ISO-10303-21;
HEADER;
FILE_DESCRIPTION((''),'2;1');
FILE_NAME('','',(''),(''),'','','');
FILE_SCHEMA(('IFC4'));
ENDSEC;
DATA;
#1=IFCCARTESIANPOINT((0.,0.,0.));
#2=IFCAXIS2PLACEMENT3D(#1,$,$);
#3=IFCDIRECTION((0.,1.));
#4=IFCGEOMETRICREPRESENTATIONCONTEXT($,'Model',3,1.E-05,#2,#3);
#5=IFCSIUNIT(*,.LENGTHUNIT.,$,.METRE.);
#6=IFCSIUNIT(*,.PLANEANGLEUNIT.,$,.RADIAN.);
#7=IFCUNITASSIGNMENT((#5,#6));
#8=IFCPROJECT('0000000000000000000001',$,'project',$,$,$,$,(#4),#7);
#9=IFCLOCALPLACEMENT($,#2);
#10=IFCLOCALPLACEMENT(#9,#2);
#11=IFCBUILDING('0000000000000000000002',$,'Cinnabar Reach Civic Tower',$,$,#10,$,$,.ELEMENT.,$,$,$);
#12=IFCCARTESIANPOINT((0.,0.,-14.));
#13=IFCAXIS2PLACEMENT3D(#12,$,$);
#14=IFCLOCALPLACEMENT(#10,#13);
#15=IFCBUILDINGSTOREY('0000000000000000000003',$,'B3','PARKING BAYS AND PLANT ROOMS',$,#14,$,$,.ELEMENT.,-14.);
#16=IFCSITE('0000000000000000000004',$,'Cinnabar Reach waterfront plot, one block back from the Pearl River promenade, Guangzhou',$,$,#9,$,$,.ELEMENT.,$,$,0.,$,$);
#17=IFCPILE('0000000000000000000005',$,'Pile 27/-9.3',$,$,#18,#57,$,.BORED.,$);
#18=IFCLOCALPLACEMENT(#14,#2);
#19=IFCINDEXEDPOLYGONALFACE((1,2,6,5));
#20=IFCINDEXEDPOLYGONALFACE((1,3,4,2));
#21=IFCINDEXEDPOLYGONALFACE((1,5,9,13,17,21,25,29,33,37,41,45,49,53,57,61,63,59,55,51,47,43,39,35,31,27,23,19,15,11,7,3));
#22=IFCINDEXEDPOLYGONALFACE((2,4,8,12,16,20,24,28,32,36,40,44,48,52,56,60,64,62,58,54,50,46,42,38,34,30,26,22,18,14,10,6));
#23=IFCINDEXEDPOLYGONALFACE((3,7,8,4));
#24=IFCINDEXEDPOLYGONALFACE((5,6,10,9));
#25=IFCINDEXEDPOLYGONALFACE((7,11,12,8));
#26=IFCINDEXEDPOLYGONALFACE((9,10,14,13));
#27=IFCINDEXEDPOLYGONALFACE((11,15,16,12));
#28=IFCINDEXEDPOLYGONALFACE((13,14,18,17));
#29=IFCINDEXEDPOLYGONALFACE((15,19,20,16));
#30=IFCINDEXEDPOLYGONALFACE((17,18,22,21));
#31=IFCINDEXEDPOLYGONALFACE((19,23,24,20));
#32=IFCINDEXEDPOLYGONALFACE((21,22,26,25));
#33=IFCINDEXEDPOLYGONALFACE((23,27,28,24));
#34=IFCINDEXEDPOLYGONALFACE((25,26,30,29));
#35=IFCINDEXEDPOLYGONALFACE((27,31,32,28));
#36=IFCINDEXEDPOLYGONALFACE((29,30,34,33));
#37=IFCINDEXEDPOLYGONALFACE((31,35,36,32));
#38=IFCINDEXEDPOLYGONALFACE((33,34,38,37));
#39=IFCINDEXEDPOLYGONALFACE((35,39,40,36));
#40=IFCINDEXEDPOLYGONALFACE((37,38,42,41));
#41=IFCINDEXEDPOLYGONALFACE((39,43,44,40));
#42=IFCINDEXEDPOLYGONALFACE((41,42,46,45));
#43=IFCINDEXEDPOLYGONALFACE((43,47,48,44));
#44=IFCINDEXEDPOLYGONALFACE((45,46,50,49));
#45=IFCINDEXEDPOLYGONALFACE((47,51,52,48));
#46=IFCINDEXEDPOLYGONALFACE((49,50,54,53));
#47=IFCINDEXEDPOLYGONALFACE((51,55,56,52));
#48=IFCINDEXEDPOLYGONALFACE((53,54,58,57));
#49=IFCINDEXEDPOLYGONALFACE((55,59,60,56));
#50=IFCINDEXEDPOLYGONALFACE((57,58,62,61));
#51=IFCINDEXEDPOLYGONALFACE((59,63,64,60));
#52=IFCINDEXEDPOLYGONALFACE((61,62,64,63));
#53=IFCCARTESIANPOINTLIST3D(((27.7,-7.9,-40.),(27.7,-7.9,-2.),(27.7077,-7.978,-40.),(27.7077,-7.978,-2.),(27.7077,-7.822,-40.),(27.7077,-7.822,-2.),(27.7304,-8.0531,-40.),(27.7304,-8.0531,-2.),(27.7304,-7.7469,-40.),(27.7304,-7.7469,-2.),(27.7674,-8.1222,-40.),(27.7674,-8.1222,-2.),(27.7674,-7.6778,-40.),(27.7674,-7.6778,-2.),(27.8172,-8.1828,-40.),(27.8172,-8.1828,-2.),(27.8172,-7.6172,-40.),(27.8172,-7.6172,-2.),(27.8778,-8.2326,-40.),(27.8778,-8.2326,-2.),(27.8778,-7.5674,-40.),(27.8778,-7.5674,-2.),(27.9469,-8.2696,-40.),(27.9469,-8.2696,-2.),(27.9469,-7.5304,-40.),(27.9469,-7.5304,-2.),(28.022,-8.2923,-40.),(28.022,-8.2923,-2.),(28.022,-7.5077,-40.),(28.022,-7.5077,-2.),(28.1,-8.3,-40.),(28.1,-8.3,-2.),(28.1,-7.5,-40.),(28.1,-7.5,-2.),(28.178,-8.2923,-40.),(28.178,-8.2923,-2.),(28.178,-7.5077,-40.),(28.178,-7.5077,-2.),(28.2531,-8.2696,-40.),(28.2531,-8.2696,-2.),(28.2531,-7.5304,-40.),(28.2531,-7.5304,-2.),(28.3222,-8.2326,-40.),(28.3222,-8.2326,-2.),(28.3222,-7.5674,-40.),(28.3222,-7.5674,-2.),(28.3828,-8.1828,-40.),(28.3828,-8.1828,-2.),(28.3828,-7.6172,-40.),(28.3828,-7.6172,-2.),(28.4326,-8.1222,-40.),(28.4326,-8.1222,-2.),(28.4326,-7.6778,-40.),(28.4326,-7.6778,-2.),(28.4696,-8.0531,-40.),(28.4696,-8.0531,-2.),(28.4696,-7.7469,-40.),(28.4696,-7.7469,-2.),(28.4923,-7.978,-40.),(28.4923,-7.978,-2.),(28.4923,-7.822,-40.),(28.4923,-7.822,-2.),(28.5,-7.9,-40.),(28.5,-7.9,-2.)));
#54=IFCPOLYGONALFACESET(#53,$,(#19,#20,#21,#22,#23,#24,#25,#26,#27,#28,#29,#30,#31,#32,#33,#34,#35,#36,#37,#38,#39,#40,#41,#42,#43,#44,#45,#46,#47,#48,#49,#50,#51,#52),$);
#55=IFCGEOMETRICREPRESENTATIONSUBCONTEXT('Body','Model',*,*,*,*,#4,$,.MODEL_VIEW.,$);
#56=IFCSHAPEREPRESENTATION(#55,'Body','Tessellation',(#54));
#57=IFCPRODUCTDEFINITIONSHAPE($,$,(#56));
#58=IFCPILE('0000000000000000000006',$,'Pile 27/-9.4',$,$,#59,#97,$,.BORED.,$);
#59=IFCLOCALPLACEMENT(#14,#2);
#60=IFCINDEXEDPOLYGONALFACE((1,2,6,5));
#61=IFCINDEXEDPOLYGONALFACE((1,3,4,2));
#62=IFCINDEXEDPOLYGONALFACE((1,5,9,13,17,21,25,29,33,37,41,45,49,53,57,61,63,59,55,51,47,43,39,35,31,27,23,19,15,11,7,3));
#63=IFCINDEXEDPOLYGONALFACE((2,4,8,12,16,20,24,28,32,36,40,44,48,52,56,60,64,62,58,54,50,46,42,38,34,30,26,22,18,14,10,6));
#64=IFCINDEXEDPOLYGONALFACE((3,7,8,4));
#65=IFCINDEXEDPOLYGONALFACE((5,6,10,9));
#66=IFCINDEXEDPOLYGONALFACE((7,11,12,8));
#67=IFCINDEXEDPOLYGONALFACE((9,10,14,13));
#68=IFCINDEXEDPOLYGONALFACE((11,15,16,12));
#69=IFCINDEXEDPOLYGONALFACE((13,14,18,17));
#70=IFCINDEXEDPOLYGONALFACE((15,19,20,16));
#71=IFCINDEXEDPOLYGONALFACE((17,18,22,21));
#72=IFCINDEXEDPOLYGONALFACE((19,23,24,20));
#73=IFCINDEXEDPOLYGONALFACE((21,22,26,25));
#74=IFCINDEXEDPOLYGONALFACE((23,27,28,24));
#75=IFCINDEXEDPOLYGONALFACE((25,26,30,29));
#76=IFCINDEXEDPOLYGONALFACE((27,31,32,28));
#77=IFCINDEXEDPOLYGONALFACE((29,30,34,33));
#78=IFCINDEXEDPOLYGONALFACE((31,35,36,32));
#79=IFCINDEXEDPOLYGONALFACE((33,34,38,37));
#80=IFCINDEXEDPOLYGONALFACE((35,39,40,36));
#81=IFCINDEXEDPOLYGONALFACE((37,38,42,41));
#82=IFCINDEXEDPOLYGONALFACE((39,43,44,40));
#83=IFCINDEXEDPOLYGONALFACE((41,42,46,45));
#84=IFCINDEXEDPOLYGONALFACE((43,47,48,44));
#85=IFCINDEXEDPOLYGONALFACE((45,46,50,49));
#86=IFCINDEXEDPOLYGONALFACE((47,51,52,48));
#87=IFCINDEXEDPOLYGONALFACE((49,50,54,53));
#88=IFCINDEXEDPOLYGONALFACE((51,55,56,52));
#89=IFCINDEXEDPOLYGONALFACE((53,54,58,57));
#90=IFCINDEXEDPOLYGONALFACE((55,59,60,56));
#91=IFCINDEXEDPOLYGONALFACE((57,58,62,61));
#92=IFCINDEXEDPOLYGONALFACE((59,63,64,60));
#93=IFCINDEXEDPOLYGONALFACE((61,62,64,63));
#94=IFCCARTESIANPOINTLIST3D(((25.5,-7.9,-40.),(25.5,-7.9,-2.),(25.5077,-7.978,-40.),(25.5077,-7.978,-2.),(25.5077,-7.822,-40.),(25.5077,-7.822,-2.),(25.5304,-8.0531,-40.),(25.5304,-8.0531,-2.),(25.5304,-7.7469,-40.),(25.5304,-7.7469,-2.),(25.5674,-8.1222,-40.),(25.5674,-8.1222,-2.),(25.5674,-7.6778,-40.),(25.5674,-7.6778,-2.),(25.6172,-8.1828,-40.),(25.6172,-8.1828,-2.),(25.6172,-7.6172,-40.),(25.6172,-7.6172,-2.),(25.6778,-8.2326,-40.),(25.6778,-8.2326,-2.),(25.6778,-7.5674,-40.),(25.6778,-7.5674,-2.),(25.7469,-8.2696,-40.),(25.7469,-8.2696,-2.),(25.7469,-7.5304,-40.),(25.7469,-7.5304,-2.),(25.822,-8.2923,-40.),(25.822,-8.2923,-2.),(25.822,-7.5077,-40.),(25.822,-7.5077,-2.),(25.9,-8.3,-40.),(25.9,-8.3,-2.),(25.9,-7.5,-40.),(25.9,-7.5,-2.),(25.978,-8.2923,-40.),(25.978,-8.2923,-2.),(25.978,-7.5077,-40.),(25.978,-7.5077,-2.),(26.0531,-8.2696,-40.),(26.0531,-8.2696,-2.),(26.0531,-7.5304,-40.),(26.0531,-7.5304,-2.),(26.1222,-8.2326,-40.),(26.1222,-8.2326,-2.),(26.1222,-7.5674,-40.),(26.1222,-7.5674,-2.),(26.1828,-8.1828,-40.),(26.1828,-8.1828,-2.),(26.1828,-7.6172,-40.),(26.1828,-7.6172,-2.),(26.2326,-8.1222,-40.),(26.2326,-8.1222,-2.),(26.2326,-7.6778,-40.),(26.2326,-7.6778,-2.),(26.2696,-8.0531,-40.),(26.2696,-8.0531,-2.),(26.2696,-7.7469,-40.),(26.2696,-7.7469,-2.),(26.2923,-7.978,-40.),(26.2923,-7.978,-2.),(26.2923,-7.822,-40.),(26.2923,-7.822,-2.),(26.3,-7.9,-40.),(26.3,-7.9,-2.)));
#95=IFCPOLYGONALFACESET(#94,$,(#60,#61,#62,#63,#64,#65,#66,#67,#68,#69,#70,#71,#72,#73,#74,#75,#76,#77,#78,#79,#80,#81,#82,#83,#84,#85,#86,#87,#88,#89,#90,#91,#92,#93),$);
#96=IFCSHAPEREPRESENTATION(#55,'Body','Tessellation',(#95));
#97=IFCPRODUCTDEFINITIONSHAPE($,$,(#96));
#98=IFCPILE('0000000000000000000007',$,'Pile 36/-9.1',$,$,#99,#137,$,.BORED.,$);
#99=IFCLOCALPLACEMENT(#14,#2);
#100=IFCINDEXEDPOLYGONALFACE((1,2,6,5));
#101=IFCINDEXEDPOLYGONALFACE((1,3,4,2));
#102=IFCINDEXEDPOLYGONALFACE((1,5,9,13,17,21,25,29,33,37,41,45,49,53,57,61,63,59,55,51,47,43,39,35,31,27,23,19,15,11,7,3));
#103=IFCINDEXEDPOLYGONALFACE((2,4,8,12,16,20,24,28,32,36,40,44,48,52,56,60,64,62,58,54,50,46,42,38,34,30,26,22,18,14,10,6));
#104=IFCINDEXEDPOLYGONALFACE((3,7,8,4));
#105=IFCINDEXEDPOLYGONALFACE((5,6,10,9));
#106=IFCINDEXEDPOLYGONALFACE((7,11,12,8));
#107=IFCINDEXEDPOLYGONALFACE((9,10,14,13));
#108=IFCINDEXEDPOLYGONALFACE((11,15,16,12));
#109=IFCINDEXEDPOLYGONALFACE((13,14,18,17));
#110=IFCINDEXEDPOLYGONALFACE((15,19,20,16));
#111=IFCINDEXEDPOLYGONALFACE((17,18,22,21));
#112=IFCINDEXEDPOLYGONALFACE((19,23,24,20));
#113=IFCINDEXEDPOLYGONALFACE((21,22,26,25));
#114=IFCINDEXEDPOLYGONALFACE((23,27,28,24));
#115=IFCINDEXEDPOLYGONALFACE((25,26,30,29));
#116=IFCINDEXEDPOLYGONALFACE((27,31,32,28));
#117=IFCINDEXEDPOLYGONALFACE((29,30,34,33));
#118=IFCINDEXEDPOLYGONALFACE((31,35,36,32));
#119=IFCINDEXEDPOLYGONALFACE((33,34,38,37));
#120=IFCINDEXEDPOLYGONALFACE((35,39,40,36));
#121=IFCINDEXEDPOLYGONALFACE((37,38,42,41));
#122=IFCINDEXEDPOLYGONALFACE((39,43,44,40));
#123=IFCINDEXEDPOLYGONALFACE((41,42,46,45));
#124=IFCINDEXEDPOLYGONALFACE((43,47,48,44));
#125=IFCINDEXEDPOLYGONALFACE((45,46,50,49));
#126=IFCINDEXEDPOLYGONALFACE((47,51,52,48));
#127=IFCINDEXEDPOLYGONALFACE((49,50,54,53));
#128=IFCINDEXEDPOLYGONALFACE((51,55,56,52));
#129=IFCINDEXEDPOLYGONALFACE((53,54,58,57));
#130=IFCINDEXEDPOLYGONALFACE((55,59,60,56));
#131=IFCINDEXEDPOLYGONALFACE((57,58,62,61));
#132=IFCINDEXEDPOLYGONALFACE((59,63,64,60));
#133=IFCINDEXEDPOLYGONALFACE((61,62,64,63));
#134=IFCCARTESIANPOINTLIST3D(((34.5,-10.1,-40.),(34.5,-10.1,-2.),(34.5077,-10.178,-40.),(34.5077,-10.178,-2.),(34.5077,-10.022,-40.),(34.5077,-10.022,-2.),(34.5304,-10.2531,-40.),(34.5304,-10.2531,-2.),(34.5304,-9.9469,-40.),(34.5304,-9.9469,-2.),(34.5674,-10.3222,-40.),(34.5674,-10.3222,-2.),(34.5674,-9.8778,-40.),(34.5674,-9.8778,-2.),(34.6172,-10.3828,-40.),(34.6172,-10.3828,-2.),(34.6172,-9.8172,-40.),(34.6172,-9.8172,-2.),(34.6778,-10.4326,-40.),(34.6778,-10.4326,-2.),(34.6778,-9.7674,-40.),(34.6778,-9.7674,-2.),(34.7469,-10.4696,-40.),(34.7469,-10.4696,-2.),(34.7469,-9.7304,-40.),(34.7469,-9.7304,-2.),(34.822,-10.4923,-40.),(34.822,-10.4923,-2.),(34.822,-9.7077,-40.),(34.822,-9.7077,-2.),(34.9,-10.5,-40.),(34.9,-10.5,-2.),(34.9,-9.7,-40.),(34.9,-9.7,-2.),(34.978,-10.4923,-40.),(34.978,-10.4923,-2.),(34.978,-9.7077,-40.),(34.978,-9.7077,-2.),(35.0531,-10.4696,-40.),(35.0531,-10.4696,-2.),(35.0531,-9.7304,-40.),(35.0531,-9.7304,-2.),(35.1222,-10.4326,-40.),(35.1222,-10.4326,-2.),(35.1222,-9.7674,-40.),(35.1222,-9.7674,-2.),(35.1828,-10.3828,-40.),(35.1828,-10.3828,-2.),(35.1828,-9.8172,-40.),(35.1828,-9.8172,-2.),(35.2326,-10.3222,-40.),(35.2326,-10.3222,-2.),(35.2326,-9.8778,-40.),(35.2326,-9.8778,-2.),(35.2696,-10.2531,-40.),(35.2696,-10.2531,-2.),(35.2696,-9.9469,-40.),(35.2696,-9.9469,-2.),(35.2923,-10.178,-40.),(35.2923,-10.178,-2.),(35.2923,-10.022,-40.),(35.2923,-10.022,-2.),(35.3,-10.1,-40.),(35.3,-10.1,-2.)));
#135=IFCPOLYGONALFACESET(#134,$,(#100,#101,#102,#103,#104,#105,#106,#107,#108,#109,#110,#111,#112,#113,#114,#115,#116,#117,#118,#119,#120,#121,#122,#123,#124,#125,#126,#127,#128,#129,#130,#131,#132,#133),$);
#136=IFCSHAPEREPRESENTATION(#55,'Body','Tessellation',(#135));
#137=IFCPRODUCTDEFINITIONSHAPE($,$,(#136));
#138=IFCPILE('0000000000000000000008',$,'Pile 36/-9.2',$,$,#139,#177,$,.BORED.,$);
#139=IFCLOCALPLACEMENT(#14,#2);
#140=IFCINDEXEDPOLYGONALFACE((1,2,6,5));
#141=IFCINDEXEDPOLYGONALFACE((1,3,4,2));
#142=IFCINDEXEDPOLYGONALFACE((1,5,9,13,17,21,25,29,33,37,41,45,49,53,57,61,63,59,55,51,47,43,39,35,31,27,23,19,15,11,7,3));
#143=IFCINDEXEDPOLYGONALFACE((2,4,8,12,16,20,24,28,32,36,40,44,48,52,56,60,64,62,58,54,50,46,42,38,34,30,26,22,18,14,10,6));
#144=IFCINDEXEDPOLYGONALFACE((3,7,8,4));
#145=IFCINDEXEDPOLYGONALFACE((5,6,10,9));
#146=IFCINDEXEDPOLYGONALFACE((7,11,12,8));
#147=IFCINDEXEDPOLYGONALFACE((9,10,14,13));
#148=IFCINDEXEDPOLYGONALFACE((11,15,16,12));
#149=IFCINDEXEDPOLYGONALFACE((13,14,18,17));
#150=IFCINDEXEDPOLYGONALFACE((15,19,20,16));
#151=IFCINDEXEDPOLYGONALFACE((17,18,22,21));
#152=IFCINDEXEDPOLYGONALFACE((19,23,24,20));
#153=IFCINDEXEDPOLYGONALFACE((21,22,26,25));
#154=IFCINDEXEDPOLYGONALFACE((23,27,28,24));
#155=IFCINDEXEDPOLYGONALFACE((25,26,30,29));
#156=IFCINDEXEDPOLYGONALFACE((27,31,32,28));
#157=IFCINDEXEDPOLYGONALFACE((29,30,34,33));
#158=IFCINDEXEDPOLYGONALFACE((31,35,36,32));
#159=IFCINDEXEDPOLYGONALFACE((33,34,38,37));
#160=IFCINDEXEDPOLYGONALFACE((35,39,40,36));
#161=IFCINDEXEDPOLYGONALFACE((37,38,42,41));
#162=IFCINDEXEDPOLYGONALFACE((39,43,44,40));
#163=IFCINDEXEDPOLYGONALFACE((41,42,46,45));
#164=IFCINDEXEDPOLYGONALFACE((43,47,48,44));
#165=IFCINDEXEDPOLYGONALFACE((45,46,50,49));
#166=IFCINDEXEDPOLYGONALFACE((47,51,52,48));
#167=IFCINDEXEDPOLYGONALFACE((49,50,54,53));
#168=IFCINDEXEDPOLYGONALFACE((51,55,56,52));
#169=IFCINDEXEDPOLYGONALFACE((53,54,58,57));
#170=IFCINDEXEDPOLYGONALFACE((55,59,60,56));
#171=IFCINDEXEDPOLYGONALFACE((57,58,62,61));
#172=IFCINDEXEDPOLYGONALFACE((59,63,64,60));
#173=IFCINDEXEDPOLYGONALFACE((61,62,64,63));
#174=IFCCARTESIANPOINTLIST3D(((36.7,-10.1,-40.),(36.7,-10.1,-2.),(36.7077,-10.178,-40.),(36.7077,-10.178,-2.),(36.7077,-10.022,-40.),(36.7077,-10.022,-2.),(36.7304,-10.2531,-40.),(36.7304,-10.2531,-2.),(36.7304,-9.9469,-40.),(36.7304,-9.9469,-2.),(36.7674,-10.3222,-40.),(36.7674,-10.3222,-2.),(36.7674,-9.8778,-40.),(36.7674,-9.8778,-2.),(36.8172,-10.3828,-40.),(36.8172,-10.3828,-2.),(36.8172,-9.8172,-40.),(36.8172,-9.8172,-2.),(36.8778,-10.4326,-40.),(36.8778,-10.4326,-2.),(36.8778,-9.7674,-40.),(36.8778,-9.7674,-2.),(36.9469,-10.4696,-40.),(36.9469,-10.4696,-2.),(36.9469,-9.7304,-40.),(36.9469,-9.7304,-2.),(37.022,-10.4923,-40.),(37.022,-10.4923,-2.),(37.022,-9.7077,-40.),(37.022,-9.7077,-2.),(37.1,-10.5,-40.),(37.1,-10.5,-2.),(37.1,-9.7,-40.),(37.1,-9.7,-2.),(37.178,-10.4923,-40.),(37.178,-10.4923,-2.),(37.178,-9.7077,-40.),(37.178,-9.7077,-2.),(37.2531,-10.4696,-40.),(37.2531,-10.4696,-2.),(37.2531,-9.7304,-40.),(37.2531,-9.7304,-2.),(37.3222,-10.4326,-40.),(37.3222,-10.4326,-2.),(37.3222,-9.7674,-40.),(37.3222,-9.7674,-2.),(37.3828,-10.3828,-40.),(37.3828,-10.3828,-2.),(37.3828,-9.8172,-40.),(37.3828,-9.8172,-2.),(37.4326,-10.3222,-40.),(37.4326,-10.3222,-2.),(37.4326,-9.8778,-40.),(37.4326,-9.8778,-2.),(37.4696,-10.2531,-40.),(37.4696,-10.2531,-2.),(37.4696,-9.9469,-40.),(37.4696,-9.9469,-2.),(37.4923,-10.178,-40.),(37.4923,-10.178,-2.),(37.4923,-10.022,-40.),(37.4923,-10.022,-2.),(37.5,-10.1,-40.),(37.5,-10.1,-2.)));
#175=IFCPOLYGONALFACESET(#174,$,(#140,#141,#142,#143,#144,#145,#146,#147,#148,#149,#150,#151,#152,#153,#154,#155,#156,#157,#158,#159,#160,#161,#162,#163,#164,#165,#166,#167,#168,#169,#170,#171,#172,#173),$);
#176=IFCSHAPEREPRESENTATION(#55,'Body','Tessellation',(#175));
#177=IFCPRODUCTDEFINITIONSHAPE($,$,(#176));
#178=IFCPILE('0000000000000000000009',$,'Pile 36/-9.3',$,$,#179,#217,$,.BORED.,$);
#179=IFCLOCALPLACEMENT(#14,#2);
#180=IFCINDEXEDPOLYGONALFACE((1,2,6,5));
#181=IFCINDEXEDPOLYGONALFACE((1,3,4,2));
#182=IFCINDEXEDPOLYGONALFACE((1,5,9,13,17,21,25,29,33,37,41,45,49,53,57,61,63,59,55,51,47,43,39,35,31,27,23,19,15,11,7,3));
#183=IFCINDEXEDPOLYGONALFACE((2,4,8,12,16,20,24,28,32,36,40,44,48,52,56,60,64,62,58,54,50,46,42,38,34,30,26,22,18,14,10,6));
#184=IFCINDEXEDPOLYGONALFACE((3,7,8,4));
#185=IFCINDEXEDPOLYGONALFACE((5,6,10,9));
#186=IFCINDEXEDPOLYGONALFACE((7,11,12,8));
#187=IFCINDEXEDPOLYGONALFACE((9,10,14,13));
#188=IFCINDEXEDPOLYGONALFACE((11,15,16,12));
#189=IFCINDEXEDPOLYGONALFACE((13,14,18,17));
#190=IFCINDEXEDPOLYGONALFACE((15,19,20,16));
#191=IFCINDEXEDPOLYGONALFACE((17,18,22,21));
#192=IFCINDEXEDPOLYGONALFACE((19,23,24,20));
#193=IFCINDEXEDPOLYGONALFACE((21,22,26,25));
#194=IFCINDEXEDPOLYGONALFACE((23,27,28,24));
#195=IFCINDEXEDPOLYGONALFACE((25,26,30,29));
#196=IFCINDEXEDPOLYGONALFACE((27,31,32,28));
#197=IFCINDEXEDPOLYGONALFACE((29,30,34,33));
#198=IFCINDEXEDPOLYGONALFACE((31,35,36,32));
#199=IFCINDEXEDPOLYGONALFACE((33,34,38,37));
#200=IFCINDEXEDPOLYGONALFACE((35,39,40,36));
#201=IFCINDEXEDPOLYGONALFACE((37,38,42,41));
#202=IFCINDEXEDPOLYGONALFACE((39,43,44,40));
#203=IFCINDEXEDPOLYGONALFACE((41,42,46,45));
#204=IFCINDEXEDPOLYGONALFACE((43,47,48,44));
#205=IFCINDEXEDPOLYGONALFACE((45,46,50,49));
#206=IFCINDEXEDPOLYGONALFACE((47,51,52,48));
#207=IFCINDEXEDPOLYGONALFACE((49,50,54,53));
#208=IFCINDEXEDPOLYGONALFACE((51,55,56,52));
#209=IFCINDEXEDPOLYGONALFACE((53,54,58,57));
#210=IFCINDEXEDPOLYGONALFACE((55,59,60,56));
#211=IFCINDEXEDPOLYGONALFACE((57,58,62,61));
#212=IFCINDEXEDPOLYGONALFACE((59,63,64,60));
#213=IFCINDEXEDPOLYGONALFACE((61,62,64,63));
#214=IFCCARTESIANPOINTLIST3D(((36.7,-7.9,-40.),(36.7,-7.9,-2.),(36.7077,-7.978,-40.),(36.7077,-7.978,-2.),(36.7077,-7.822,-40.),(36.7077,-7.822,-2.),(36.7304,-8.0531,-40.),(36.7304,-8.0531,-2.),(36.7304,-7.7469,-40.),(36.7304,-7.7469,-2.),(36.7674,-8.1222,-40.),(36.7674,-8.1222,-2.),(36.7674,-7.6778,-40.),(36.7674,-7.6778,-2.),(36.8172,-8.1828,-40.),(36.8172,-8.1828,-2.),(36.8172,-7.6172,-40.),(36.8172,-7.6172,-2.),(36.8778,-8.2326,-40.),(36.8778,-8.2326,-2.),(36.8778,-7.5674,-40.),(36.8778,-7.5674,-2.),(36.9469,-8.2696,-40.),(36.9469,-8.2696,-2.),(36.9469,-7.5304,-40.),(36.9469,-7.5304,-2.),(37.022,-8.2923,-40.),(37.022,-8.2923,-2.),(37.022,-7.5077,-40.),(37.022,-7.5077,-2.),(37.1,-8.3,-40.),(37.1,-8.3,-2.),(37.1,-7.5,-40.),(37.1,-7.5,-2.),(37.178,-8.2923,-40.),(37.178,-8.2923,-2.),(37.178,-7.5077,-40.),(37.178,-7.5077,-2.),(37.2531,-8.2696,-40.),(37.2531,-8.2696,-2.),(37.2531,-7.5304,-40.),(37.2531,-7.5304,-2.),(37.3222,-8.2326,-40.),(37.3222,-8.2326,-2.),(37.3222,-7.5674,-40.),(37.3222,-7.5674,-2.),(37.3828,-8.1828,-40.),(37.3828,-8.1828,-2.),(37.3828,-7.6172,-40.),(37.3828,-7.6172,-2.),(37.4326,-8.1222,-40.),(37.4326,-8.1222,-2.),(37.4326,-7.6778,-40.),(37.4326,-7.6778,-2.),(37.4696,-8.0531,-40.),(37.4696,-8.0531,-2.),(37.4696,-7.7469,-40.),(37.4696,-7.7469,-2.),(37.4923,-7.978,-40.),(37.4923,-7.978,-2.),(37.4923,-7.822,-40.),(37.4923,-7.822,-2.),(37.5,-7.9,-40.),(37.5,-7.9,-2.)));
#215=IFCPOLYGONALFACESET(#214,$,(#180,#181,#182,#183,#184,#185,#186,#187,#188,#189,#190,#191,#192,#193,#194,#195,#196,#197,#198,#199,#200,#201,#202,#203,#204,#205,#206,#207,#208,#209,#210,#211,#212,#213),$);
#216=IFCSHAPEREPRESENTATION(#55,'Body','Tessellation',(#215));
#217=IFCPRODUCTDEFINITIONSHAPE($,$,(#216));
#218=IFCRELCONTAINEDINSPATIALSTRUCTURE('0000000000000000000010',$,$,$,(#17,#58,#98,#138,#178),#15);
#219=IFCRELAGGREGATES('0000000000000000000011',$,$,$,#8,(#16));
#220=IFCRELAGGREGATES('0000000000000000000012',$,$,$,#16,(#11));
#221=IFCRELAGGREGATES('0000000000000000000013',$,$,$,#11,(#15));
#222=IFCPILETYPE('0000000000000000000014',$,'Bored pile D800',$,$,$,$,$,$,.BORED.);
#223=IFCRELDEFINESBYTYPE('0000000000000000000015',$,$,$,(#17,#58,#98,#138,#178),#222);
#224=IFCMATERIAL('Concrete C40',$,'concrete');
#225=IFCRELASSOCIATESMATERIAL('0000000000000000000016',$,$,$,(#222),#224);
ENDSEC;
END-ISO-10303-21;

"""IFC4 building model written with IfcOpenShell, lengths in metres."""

from ifc_helpers import new_model, si_unit, direction, frame, origin, origin_2d, place, context, subcontext, project, spatial, circle, extrude, material, type_object, element, save


model = new_model("IFC4")

# Units and contexts
model_context = context("Model", 3, precision=1e-05, world=origin(), true_north=direction((0.0, 1.0)))
body_context = subcontext(model_context, "Body", "Model", "MODEL_VIEW")
ifc_project = project(units=[si_unit("LENGTHUNIT", "METRE"), si_unit("PLANEANGLEUNIT", "RADIAN")], contexts=[model_context])

# Site, building, storey
site_placement = place(None, origin())
site = spatial("IfcSite", under=ifc_project, at=site_placement, Name="Cinnabar Reach waterfront plot, one block back from the Pearl River promenade, Guangzhou", CompositionType="ELEMENT", RefElevation=0.0)
building_placement = place(site_placement, origin())
building = spatial("IfcBuilding", under=site, at=building_placement, Name="Cinnabar Reach Civic Tower", CompositionType="ELEMENT")
storey_placement = place(building_placement, frame((0.0, 0.0, -14.0)))
storey = spatial("IfcBuildingStorey", under=building, at=storey_placement, Name="B3", Description="PARKING BAYS AND PLANT ROOMS", CompositionType="ELEMENT", Elevation=-14.0)

# Piles
ifc_material_1 = material(Name="Concrete C40", Category="concrete")
pile_type_1 = type_object("IfcPileType", Name="Bored pile D800", PredefinedType="BORED", material=ifc_material_1)
for number, where, z_axis, x_axis, name in (
    (1, (28.1, -7.9, -2.0), (0.0, 0.0, -1.0), (1.0, 0.0, 0.0), "Pile 27/-9.3"),
    (2, (25.9, -7.9, -2.0), (0.0, 0.0, -1.0), (1.0, 0.0, 0.0), "Pile 27/-9.4"),
    (3, (34.9, -10.1, -2.0), (0.0, 0.0, -1.0), (1.0, 0.0, 0.0), "Pile 36/-9.1"),
    (4, (37.1, -10.1, -2.0), (0.0, 0.0, -1.0), (1.0, 0.0, 0.0), "Pile 36/-9.2"),
    (5, (37.1, -7.9, -2.0), (0.0, 0.0, -1.0), (1.0, 0.0, 0.0), "Pile 36/-9.3"),
):
    element("IfcPile", number, at=place(storey_placement, frame(where, z_axis=z_axis, x_axis=x_axis)), inside=storey, type_object=pile_type_1, Name=name, PredefinedType="BORED", context=body_context, shape_type="SweptSolid", body=[
        extrude(circle(Radius=0.4, at=origin_2d()), origin(), (0.0, 0.0, 1.0), 38.0),
    ])

save(model, "model.ifc")
